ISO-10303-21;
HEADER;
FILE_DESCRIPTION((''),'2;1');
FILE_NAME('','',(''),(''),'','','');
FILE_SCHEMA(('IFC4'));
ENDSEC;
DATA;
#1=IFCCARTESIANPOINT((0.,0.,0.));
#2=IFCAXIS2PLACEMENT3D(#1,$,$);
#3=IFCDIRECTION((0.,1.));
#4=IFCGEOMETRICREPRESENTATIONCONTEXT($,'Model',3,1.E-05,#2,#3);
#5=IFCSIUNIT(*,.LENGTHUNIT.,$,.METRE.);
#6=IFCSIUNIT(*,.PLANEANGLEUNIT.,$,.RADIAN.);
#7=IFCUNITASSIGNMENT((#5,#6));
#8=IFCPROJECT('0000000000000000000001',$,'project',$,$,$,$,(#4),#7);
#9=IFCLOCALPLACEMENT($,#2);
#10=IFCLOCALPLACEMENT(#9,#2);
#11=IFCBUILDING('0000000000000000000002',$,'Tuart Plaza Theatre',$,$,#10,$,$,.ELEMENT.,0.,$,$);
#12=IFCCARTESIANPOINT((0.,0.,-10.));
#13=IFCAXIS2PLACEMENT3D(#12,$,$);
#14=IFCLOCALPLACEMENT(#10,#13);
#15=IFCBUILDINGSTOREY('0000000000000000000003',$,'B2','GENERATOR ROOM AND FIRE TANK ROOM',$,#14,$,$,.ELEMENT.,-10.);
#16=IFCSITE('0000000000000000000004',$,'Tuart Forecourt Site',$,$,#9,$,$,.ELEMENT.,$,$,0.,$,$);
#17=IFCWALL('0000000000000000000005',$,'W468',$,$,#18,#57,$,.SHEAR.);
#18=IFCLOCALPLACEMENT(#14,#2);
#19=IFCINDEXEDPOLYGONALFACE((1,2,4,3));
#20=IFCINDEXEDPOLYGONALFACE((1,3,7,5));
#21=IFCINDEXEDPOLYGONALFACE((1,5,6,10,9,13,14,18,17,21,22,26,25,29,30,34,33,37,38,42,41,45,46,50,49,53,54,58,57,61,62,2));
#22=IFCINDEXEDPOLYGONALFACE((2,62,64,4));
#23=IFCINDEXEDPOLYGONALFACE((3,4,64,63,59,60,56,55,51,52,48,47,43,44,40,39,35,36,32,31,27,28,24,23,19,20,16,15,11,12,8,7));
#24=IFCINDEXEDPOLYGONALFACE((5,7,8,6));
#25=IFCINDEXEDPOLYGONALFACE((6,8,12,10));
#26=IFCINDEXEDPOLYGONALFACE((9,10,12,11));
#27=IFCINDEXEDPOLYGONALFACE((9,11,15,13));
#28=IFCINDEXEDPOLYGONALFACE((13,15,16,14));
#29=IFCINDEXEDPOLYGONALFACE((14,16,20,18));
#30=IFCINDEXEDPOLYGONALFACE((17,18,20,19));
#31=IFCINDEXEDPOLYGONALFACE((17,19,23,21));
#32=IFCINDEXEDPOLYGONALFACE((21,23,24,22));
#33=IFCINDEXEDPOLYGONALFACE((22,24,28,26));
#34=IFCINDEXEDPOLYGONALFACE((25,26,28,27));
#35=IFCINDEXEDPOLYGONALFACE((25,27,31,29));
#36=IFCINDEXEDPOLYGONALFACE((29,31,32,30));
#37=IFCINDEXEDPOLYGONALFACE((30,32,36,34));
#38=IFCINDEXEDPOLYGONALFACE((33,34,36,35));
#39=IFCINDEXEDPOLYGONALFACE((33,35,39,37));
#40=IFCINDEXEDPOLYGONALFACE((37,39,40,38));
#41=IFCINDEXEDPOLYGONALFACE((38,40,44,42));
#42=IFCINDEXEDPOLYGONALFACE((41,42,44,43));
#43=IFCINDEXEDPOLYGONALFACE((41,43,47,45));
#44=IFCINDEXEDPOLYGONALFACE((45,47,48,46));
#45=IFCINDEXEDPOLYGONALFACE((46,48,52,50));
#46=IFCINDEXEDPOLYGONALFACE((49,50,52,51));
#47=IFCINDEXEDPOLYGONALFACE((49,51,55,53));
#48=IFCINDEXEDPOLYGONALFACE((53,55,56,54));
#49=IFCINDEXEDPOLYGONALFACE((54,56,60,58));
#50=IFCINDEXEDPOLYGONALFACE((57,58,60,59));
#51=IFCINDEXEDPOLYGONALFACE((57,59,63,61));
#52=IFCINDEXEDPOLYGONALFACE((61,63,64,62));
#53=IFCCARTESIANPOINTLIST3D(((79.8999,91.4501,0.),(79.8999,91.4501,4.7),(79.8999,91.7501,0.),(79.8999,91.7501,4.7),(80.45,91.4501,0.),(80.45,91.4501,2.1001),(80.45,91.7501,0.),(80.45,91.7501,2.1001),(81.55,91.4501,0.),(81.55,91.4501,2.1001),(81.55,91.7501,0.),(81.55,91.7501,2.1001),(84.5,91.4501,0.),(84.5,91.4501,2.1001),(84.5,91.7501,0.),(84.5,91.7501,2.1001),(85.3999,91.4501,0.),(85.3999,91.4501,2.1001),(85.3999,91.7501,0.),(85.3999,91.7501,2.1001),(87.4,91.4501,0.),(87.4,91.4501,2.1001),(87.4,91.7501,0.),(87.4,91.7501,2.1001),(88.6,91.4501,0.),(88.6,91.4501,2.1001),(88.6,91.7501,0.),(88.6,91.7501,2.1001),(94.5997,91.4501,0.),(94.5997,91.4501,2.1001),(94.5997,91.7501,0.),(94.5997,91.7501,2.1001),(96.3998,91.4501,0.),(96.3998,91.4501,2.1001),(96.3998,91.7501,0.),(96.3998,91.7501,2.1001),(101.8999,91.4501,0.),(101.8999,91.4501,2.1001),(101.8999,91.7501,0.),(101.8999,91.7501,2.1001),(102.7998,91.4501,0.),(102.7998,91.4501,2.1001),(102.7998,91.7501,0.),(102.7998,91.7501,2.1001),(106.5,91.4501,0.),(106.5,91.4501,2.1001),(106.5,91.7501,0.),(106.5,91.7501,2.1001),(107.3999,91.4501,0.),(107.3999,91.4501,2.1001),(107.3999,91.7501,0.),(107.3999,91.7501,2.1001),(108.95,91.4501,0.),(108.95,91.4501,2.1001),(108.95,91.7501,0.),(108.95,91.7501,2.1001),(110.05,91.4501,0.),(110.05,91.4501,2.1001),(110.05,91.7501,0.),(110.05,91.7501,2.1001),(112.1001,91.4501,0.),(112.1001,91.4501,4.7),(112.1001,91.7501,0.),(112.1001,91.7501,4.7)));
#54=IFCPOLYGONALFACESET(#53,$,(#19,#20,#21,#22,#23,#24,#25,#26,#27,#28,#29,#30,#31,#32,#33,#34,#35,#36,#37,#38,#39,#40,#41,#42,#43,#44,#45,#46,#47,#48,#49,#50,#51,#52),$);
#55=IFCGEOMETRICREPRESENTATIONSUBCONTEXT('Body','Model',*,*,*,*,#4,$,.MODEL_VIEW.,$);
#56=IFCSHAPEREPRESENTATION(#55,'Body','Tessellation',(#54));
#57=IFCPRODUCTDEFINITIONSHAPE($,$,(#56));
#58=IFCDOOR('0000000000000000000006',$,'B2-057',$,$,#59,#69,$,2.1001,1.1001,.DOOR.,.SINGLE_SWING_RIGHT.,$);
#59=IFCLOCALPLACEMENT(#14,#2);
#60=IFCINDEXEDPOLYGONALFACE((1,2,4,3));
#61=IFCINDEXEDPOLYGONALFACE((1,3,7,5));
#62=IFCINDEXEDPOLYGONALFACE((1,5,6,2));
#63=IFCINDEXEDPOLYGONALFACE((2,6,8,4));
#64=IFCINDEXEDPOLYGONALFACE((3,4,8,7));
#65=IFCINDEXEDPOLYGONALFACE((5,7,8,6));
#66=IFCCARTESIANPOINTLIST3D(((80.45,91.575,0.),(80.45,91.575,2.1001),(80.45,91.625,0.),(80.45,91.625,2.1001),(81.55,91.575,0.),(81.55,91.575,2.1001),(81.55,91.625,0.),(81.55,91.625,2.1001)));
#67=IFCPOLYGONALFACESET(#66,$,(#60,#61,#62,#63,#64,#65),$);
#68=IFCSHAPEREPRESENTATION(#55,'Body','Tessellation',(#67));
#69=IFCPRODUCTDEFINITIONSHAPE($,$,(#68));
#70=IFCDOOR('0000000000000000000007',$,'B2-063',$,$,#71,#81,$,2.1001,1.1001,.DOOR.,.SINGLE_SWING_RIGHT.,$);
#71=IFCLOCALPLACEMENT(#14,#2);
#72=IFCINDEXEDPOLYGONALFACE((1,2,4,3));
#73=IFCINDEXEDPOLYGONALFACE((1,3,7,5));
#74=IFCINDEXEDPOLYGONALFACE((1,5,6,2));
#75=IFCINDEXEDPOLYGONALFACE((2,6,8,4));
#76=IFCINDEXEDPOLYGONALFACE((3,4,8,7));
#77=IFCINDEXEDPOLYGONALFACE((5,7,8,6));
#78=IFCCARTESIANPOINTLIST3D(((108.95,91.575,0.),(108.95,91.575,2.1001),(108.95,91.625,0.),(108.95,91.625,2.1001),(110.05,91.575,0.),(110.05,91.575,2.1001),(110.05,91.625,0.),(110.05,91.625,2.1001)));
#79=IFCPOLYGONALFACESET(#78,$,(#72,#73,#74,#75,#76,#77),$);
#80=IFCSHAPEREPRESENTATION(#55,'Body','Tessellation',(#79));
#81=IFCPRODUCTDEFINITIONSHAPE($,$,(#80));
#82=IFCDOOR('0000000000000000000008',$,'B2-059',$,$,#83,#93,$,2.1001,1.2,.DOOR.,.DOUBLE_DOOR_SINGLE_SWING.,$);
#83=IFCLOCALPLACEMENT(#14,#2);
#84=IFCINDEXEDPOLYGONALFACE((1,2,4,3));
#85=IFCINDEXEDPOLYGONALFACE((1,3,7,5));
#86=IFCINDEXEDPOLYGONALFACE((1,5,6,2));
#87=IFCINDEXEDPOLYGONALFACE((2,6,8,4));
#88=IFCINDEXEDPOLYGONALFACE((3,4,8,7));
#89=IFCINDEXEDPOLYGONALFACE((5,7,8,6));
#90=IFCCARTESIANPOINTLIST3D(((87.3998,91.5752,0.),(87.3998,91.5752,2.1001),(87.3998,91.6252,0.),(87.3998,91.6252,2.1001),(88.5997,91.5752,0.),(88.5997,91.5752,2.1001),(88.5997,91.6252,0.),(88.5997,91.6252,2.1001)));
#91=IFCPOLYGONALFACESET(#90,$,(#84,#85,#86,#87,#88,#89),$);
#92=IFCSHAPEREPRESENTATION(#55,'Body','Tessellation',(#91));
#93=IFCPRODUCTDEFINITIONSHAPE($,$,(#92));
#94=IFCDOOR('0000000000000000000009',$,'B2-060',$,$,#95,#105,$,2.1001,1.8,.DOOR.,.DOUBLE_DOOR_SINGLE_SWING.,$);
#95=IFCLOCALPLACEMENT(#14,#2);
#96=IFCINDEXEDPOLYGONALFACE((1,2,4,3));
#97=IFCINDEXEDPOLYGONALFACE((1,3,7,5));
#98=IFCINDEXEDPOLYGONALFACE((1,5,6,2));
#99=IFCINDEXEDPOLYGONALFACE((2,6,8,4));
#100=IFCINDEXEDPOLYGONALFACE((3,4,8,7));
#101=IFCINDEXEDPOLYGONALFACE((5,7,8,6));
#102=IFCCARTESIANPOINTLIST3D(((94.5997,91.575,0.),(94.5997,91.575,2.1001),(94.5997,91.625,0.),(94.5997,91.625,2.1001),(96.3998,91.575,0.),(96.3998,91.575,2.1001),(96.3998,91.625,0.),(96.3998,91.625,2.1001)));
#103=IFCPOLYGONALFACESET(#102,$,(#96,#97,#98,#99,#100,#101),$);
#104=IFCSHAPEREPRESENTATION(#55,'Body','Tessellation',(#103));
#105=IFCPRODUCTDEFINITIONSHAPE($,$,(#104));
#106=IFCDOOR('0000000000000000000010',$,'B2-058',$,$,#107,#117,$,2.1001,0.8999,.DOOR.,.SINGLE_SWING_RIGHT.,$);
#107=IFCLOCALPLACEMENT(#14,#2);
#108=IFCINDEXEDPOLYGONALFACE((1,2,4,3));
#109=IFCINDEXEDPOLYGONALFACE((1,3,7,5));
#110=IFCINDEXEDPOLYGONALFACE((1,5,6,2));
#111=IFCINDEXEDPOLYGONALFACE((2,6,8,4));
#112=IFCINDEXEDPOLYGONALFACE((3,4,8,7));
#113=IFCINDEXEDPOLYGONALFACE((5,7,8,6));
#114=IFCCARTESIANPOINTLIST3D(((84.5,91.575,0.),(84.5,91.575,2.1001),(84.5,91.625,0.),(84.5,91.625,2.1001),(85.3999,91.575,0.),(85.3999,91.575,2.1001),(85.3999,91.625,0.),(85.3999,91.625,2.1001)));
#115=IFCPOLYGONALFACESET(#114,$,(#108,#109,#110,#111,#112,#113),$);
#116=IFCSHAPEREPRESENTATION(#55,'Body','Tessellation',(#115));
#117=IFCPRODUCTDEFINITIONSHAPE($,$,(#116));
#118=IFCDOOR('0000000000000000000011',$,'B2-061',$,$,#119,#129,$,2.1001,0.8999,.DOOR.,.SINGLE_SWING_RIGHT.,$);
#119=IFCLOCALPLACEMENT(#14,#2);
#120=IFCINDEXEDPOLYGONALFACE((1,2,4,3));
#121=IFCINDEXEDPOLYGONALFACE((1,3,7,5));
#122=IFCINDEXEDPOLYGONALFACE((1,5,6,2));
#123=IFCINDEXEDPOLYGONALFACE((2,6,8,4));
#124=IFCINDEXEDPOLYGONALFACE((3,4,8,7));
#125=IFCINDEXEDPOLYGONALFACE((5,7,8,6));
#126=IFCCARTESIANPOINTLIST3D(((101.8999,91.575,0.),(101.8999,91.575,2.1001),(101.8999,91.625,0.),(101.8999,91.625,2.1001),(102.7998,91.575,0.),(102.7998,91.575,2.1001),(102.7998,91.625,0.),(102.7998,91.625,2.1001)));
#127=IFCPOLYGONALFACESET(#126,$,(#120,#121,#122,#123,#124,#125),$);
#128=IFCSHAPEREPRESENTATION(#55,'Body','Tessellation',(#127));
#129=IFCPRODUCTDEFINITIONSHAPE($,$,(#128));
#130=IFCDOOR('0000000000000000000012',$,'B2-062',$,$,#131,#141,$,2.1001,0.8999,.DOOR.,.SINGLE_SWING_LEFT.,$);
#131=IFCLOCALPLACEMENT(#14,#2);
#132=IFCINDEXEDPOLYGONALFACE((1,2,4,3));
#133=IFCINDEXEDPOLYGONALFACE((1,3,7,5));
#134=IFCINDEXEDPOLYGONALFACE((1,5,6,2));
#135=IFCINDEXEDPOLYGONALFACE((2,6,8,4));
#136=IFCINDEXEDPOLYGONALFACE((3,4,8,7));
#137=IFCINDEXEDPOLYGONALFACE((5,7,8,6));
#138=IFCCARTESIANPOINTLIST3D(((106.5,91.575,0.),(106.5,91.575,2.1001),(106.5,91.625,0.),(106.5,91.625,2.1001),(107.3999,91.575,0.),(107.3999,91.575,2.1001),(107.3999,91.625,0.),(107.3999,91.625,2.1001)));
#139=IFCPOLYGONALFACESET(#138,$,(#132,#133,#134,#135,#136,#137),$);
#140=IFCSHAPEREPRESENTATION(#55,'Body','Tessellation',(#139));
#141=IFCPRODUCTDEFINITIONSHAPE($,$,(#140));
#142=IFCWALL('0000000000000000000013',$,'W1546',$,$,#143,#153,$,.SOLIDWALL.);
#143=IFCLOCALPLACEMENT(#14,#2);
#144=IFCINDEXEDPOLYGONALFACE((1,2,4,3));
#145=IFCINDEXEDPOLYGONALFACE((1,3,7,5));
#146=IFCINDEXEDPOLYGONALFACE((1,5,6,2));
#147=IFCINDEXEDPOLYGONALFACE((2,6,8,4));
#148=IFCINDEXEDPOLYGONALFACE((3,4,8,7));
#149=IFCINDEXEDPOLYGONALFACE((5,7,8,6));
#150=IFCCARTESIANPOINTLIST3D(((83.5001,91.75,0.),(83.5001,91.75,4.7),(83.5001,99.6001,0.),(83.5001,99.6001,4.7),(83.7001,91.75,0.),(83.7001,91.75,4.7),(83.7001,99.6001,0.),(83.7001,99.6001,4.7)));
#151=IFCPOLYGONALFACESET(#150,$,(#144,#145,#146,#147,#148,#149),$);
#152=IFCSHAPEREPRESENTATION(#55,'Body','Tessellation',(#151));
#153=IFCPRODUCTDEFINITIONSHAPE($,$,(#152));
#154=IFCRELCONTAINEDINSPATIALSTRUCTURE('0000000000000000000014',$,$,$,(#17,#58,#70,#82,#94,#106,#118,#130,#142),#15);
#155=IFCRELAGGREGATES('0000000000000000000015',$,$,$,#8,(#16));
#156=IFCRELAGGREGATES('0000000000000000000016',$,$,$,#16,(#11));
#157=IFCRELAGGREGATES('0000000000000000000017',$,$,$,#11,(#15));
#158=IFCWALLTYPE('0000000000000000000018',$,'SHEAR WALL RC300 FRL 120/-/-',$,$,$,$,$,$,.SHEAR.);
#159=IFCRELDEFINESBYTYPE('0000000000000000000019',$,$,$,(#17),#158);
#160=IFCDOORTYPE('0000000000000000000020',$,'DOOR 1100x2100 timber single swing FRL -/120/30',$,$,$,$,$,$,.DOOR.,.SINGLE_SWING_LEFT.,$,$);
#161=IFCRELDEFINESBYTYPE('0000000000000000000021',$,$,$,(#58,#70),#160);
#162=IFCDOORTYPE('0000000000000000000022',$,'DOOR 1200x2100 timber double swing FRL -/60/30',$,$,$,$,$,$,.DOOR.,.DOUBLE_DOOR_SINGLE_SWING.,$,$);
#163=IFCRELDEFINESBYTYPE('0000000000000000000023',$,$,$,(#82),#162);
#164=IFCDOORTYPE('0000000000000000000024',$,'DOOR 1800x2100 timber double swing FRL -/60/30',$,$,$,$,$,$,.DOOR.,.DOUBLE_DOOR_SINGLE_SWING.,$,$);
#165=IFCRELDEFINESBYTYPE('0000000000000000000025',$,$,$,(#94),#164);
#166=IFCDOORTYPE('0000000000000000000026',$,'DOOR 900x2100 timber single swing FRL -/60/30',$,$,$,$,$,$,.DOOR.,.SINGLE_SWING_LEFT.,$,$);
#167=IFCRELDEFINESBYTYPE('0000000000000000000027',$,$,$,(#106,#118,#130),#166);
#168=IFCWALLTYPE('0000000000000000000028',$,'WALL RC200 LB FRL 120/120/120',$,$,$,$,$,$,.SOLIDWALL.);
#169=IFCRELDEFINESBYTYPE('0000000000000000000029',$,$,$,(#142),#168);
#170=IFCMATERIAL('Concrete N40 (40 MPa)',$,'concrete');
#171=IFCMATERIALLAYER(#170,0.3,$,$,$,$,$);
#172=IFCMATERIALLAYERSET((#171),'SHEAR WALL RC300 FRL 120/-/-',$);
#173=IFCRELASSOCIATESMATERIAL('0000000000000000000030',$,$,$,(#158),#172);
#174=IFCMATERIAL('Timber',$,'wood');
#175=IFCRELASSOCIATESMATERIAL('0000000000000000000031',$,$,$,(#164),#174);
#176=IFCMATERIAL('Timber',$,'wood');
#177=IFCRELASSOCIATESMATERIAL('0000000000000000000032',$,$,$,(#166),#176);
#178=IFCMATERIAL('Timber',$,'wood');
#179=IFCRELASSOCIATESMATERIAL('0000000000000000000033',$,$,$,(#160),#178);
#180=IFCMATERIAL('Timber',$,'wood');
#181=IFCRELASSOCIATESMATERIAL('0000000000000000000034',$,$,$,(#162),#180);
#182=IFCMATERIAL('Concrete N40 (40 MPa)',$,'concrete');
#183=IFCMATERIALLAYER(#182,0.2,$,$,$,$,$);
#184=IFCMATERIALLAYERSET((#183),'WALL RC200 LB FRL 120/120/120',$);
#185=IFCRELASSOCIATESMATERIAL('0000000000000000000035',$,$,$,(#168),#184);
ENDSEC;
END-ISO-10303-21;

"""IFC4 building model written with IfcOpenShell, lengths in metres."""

from ifc_helpers import new_model, si_unit, direction, frame, frame_2d, origin, place, context, subcontext, project, spatial, rectangle, extrude, material, layer, layer_set, type_object, element, fill, save


model = new_model("IFC4")

# Units and contexts
model_context = context("Model", 3, precision=1e-05, world=origin(), true_north=direction((0.0, 1.0)))
body_context = subcontext(model_context, "Body", "Model", "MODEL_VIEW")
ifc_project = project(units=[si_unit("LENGTHUNIT", "METRE"), si_unit("PLANEANGLEUNIT", "RADIAN")], contexts=[model_context])

# Site, building, storey
site_placement = place(None, origin())
site = spatial("IfcSite", under=ifc_project, at=site_placement, Name="Tuart Forecourt Site", CompositionType="ELEMENT", RefElevation=0.0)
building_placement = place(site_placement, origin())
building = spatial("IfcBuilding", under=site, at=building_placement, Name="Tuart Plaza Theatre", CompositionType="ELEMENT", ElevationOfRefHeight=0.0)
storey_placement = place(building_placement, frame((0.0, 0.0, -10.0)))
storey = spatial("IfcBuildingStorey", under=building, at=storey_placement, Name="B2", Description="GENERATOR ROOM AND FIRE TANK ROOM", CompositionType="ELEMENT", Elevation=-10.0)

# Wall, openings, doors
ifc_material_1 = material(Name="Concrete N40 (40 MPa)", Category="concrete")
ifc_layer_1 = layer(ifc_material_1, 0.3)
ifc_layer_set_1 = layer_set([ifc_layer_1], Name="SHEAR WALL RC300 FRL 120/-/-")
wall_type_1 = type_object("IfcWallType", Name="SHEAR WALL RC300 FRL 120/-/-", PredefinedType="SHEAR", material=ifc_layer_set_1)
ifc_material_2 = material(Name="Timber", Category="wood")
door_type_1 = type_object("IfcDoorType", Name="DOOR 1800x2100 timber double swing FRL -/60/30", OperationType="DOUBLE_DOOR_SINGLE_SWING", PredefinedType="DOOR", material=ifc_material_2)
ifc_material_3 = material(Name="Timber", Category="wood")
door_type_2 = type_object("IfcDoorType", Name="DOOR 900x2100 timber single swing FRL -/60/30", OperationType="SINGLE_SWING_LEFT", PredefinedType="DOOR", material=ifc_material_3)
wall_1_placement = place(storey_placement, frame((79.8999, 91.6001, 0.0), z_axis=(0.0, 0.0, 1.0), x_axis=(1.0, 0.0, 0.0)))
wall_1 = element("IfcWall", 1, at=wall_1_placement, inside=storey, type_object=wall_type_1, Name="W468", PredefinedType="SHEAR", context=body_context, shape_type="SweptSolid", body=[
    extrude(rectangle(XDim=32.2002, YDim=0.3, at=frame_2d((16.1001, 0.0))), origin(), (0.0, 0.0, 1.0), 4.7),
])
opening_1_placement = place(wall_1_placement, frame((0.55, 0.0, 0.0)))
opening_1 = element("IfcOpeningElement", 2, at=opening_1_placement, cuts=wall_1, PredefinedType="OPENING", context=body_context, shape_type="SweptSolid", body=[
    extrude(rectangle(XDim=1.1001, YDim=2.1001, at=frame_2d((0.55, 1.05))), frame((0.0, 0.1599, 0.0), z_axis=(0.0, -1.0, 0.0), x_axis=(1.0, 0.0, 0.0)), (0.0, 0.0, 1.0), 0.3201),
])
opening_2_placement = place(wall_1_placement, frame((4.6001, 0.0, 0.0)))
opening_2 = element("IfcOpeningElement", 3, at=opening_2_placement, cuts=wall_1, PredefinedType="OPENING", context=body_context, shape_type="SweptSolid", body=[
    extrude(rectangle(XDim=0.8999, YDim=2.1001, at=frame_2d((0.45, 1.05))), frame((0.0, 0.1599, 0.0), z_axis=(0.0, -1.0, 0.0), x_axis=(1.0, 0.0, 0.0)), (0.0, 0.0, 1.0), 0.3201),
])
opening_3_placement = place(wall_1_placement, frame((7.5, 0.0, 0.0)))
opening_3 = element("IfcOpeningElement", 4, at=opening_3_placement, cuts=wall_1, PredefinedType="OPENING", context=body_context, shape_type="SweptSolid", body=[
    extrude(rectangle(XDim=1.2, YDim=2.1001, at=frame_2d((0.6001, 1.05))), frame((0.0, 0.1599, 0.0), z_axis=(0.0, -1.0, 0.0), x_axis=(1.0, 0.0, 0.0)), (0.0, 0.0, 1.0), 0.3201),
])
opening_4_placement = place(wall_1_placement, frame((14.7, 0.0, 0.0)))
opening_4 = element("IfcOpeningElement", 5, at=opening_4_placement, cuts=wall_1, PredefinedType="OPENING", context=body_context, shape_type="SweptSolid", body=[
    extrude(rectangle(XDim=1.8, YDim=2.1001, at=frame_2d((0.8999, 1.05))), frame((0.0, 0.1599, 0.0), z_axis=(0.0, -1.0, 0.0), x_axis=(1.0, 0.0, 0.0)), (0.0, 0.0, 1.0), 0.3201),
])
opening_5_placement = place(wall_1_placement, frame((22.0, 0.0, 0.0)))
opening_5 = element("IfcOpeningElement", 6, at=opening_5_placement, cuts=wall_1, PredefinedType="OPENING", context=body_context, shape_type="SweptSolid", body=[
    extrude(rectangle(XDim=0.8999, YDim=2.1001, at=frame_2d((0.45, 1.05))), frame((0.0, 0.1599, 0.0), z_axis=(0.0, -1.0, 0.0), x_axis=(1.0, 0.0, 0.0)), (0.0, 0.0, 1.0), 0.3201),
])
opening_6_placement = place(wall_1_placement, frame((26.6001, 0.0, 0.0)))
opening_6 = element("IfcOpeningElement", 7, at=opening_6_placement, cuts=wall_1, PredefinedType="OPENING", context=body_context, shape_type="SweptSolid", body=[
    extrude(rectangle(XDim=0.8999, YDim=2.1001, at=frame_2d((0.45, 1.05))), frame((0.0, 0.1599, 0.0), z_axis=(0.0, -1.0, 0.0), x_axis=(1.0, 0.0, 0.0)), (0.0, 0.0, 1.0), 0.3201),
])
opening_7_placement = place(wall_1_placement, frame((29.05, 0.0, 0.0)))
opening_7 = element("IfcOpeningElement", 8, at=opening_7_placement, cuts=wall_1, PredefinedType="OPENING", context=body_context, shape_type="SweptSolid", body=[
    extrude(rectangle(XDim=1.1001, YDim=2.1001, at=frame_2d((0.55, 1.05))), frame((0.0, 0.1599, 0.0), z_axis=(0.0, -1.0, 0.0), x_axis=(1.0, 0.0, 0.0)), (0.0, 0.0, 1.0), 0.3201),
])
ifc_material_4 = material(Name="Timber", Category="wood")
door_type_3 = type_object("IfcDoorType", Name="DOOR 1100x2100 timber single swing FRL -/120/30", OperationType="SINGLE_SWING_LEFT", PredefinedType="DOOR", material=ifc_material_4)
door_1_placement = place(opening_1_placement, origin())
door_1 = element("IfcDoor", 9, at=door_1_placement, inside=storey, type_object=door_type_3, Name="B2-057", OperationType="SINGLE_SWING_RIGHT", OverallHeight=2.1001, OverallWidth=1.1001, PredefinedType="DOOR", context=body_context, shape_type="SweptSolid", body=[
    extrude(rectangle(XDim=1.1001, YDim=2.1001, at=frame_2d((0.55, 1.05))), frame((0.0, 0.0249, 0.0), z_axis=(0.0, -1.0, 0.0), x_axis=(1.0, 0.0, 0.0)), (0.0, 0.0, 1.0), 0.05),
])
fill(opening_1, door_1)
door_2_placement = place(opening_7_placement, origin())
door_2 = element("IfcDoor", 10, at=door_2_placement, inside=storey, type_object=door_type_3, Name="B2-063", OperationType="SINGLE_SWING_RIGHT", OverallHeight=2.1001, OverallWidth=1.1001, PredefinedType="DOOR", context=body_context, shape_type="SweptSolid", body=[
    extrude(rectangle(XDim=1.1001, YDim=2.1001, at=frame_2d((0.55, 1.05))), frame((0.0, 0.0249, 0.0), z_axis=(0.0, -1.0, 0.0), x_axis=(1.0, 0.0, 0.0)), (0.0, 0.0, 1.0), 0.05),
])
fill(opening_7, door_2)
ifc_material_5 = material(Name="Timber", Category="wood")
door_type_4 = type_object("IfcDoorType", Name="DOOR 1200x2100 timber double swing FRL -/60/30", OperationType="DOUBLE_DOOR_SINGLE_SWING", PredefinedType="DOOR", material=ifc_material_5)
door_3_placement = place(opening_3_placement, frame((1.2, 0.0, 0.0), z_axis=(0.0, 0.0, 1.0), x_axis=(-1.0, 0.0, 0.0)))
door_3 = element("IfcDoor", 11, at=door_3_placement, inside=storey, type_object=door_type_4, Name="B2-059", OperationType="DOUBLE_DOOR_SINGLE_SWING", OverallHeight=2.1001, OverallWidth=1.2, PredefinedType="DOOR", context=body_context, shape_type="SweptSolid", body=[
    extrude(rectangle(XDim=1.2, YDim=2.1001, at=frame_2d((0.6001, 1.05))), frame((0.0, 0.0249, 0.0), z_axis=(0.0, -1.0, 0.0), x_axis=(1.0, 0.0, 0.0)), (0.0, 0.0, 1.0), 0.05),
])
fill(opening_3, door_3)
door_4_placement = place(opening_4_placement, origin())
door_4 = element("IfcDoor", 12, at=door_4_placement, inside=storey, type_object=door_type_1, Name="B2-060", OperationType="DOUBLE_DOOR_SINGLE_SWING", OverallHeight=2.1001, OverallWidth=1.8, PredefinedType="DOOR", context=body_context, shape_type="SweptSolid", body=[
    extrude(rectangle(XDim=1.8, YDim=2.1001, at=frame_2d((0.8999, 1.05))), frame((0.0, 0.0249, 0.0), z_axis=(0.0, -1.0, 0.0), x_axis=(1.0, 0.0, 0.0)), (0.0, 0.0, 1.0), 0.05),
])
fill(opening_4, door_4)
door_5_placement = place(opening_2_placement, origin())
door_5 = element("IfcDoor", 13, at=door_5_placement, inside=storey, type_object=door_type_2, Name="B2-058", OperationType="SINGLE_SWING_RIGHT", OverallHeight=2.1001, OverallWidth=0.8999, PredefinedType="DOOR", context=body_context, shape_type="SweptSolid", body=[
    extrude(rectangle(XDim=0.8999, YDim=2.1001, at=frame_2d((0.45, 1.05))), frame((0.0, 0.0249, 0.0), z_axis=(0.0, -1.0, 0.0), x_axis=(1.0, 0.0, 0.0)), (0.0, 0.0, 1.0), 0.05),
])
fill(opening_2, door_5)
door_6_placement = place(opening_5_placement, origin())
door_6 = element("IfcDoor", 14, at=door_6_placement, inside=storey, type_object=door_type_2, Name="B2-061", OperationType="SINGLE_SWING_RIGHT", OverallHeight=2.1001, OverallWidth=0.8999, PredefinedType="DOOR", context=body_context, shape_type="SweptSolid", body=[
    extrude(rectangle(XDim=0.8999, YDim=2.1001, at=frame_2d((0.45, 1.05))), frame((0.0, 0.0249, 0.0), z_axis=(0.0, -1.0, 0.0), x_axis=(1.0, 0.0, 0.0)), (0.0, 0.0, 1.0), 0.05),
])
fill(opening_5, door_6)
door_7_placement = place(opening_6_placement, origin())
door_7 = element("IfcDoor", 15, at=door_7_placement, inside=storey, type_object=door_type_2, Name="B2-062", OperationType="SINGLE_SWING_LEFT", OverallHeight=2.1001, OverallWidth=0.8999, PredefinedType="DOOR", context=body_context, shape_type="SweptSolid", body=[
    extrude(rectangle(XDim=0.8999, YDim=2.1001, at=frame_2d((0.45, 1.05))), frame((0.0, 0.0249, 0.0), z_axis=(0.0, -1.0, 0.0), x_axis=(1.0, 0.0, 0.0)), (0.0, 0.0, 1.0), 0.05),
])
fill(opening_6, door_7)

# Wall
ifc_material_6 = material(Name="Concrete N40 (40 MPa)", Category="concrete")
ifc_layer_2 = layer(ifc_material_6, 0.2)
ifc_layer_set_2 = layer_set([ifc_layer_2], Name="WALL RC200 LB FRL 120/120/120")
wall_type_2 = type_object("IfcWallType", Name="WALL RC200 LB FRL 120/120/120", PredefinedType="SOLIDWALL", material=ifc_layer_set_2)
wall_2_placement = place(storey_placement, frame((83.6001, 91.75, 0.0), z_axis=(0.0, 0.0, 1.0), x_axis=(0.0, 1.0, 0.0)))
element("IfcWall", 16, at=wall_2_placement, inside=storey, type_object=wall_type_2, Name="W1546", PredefinedType="SOLIDWALL", context=body_context, shape_type="SweptSolid", body=[
    extrude(rectangle(XDim=7.8501, YDim=0.2, at=frame_2d((3.925, 0.0))), origin(), (0.0, 0.0, 1.0), 4.7),
])

save(model, "model.ifc")
